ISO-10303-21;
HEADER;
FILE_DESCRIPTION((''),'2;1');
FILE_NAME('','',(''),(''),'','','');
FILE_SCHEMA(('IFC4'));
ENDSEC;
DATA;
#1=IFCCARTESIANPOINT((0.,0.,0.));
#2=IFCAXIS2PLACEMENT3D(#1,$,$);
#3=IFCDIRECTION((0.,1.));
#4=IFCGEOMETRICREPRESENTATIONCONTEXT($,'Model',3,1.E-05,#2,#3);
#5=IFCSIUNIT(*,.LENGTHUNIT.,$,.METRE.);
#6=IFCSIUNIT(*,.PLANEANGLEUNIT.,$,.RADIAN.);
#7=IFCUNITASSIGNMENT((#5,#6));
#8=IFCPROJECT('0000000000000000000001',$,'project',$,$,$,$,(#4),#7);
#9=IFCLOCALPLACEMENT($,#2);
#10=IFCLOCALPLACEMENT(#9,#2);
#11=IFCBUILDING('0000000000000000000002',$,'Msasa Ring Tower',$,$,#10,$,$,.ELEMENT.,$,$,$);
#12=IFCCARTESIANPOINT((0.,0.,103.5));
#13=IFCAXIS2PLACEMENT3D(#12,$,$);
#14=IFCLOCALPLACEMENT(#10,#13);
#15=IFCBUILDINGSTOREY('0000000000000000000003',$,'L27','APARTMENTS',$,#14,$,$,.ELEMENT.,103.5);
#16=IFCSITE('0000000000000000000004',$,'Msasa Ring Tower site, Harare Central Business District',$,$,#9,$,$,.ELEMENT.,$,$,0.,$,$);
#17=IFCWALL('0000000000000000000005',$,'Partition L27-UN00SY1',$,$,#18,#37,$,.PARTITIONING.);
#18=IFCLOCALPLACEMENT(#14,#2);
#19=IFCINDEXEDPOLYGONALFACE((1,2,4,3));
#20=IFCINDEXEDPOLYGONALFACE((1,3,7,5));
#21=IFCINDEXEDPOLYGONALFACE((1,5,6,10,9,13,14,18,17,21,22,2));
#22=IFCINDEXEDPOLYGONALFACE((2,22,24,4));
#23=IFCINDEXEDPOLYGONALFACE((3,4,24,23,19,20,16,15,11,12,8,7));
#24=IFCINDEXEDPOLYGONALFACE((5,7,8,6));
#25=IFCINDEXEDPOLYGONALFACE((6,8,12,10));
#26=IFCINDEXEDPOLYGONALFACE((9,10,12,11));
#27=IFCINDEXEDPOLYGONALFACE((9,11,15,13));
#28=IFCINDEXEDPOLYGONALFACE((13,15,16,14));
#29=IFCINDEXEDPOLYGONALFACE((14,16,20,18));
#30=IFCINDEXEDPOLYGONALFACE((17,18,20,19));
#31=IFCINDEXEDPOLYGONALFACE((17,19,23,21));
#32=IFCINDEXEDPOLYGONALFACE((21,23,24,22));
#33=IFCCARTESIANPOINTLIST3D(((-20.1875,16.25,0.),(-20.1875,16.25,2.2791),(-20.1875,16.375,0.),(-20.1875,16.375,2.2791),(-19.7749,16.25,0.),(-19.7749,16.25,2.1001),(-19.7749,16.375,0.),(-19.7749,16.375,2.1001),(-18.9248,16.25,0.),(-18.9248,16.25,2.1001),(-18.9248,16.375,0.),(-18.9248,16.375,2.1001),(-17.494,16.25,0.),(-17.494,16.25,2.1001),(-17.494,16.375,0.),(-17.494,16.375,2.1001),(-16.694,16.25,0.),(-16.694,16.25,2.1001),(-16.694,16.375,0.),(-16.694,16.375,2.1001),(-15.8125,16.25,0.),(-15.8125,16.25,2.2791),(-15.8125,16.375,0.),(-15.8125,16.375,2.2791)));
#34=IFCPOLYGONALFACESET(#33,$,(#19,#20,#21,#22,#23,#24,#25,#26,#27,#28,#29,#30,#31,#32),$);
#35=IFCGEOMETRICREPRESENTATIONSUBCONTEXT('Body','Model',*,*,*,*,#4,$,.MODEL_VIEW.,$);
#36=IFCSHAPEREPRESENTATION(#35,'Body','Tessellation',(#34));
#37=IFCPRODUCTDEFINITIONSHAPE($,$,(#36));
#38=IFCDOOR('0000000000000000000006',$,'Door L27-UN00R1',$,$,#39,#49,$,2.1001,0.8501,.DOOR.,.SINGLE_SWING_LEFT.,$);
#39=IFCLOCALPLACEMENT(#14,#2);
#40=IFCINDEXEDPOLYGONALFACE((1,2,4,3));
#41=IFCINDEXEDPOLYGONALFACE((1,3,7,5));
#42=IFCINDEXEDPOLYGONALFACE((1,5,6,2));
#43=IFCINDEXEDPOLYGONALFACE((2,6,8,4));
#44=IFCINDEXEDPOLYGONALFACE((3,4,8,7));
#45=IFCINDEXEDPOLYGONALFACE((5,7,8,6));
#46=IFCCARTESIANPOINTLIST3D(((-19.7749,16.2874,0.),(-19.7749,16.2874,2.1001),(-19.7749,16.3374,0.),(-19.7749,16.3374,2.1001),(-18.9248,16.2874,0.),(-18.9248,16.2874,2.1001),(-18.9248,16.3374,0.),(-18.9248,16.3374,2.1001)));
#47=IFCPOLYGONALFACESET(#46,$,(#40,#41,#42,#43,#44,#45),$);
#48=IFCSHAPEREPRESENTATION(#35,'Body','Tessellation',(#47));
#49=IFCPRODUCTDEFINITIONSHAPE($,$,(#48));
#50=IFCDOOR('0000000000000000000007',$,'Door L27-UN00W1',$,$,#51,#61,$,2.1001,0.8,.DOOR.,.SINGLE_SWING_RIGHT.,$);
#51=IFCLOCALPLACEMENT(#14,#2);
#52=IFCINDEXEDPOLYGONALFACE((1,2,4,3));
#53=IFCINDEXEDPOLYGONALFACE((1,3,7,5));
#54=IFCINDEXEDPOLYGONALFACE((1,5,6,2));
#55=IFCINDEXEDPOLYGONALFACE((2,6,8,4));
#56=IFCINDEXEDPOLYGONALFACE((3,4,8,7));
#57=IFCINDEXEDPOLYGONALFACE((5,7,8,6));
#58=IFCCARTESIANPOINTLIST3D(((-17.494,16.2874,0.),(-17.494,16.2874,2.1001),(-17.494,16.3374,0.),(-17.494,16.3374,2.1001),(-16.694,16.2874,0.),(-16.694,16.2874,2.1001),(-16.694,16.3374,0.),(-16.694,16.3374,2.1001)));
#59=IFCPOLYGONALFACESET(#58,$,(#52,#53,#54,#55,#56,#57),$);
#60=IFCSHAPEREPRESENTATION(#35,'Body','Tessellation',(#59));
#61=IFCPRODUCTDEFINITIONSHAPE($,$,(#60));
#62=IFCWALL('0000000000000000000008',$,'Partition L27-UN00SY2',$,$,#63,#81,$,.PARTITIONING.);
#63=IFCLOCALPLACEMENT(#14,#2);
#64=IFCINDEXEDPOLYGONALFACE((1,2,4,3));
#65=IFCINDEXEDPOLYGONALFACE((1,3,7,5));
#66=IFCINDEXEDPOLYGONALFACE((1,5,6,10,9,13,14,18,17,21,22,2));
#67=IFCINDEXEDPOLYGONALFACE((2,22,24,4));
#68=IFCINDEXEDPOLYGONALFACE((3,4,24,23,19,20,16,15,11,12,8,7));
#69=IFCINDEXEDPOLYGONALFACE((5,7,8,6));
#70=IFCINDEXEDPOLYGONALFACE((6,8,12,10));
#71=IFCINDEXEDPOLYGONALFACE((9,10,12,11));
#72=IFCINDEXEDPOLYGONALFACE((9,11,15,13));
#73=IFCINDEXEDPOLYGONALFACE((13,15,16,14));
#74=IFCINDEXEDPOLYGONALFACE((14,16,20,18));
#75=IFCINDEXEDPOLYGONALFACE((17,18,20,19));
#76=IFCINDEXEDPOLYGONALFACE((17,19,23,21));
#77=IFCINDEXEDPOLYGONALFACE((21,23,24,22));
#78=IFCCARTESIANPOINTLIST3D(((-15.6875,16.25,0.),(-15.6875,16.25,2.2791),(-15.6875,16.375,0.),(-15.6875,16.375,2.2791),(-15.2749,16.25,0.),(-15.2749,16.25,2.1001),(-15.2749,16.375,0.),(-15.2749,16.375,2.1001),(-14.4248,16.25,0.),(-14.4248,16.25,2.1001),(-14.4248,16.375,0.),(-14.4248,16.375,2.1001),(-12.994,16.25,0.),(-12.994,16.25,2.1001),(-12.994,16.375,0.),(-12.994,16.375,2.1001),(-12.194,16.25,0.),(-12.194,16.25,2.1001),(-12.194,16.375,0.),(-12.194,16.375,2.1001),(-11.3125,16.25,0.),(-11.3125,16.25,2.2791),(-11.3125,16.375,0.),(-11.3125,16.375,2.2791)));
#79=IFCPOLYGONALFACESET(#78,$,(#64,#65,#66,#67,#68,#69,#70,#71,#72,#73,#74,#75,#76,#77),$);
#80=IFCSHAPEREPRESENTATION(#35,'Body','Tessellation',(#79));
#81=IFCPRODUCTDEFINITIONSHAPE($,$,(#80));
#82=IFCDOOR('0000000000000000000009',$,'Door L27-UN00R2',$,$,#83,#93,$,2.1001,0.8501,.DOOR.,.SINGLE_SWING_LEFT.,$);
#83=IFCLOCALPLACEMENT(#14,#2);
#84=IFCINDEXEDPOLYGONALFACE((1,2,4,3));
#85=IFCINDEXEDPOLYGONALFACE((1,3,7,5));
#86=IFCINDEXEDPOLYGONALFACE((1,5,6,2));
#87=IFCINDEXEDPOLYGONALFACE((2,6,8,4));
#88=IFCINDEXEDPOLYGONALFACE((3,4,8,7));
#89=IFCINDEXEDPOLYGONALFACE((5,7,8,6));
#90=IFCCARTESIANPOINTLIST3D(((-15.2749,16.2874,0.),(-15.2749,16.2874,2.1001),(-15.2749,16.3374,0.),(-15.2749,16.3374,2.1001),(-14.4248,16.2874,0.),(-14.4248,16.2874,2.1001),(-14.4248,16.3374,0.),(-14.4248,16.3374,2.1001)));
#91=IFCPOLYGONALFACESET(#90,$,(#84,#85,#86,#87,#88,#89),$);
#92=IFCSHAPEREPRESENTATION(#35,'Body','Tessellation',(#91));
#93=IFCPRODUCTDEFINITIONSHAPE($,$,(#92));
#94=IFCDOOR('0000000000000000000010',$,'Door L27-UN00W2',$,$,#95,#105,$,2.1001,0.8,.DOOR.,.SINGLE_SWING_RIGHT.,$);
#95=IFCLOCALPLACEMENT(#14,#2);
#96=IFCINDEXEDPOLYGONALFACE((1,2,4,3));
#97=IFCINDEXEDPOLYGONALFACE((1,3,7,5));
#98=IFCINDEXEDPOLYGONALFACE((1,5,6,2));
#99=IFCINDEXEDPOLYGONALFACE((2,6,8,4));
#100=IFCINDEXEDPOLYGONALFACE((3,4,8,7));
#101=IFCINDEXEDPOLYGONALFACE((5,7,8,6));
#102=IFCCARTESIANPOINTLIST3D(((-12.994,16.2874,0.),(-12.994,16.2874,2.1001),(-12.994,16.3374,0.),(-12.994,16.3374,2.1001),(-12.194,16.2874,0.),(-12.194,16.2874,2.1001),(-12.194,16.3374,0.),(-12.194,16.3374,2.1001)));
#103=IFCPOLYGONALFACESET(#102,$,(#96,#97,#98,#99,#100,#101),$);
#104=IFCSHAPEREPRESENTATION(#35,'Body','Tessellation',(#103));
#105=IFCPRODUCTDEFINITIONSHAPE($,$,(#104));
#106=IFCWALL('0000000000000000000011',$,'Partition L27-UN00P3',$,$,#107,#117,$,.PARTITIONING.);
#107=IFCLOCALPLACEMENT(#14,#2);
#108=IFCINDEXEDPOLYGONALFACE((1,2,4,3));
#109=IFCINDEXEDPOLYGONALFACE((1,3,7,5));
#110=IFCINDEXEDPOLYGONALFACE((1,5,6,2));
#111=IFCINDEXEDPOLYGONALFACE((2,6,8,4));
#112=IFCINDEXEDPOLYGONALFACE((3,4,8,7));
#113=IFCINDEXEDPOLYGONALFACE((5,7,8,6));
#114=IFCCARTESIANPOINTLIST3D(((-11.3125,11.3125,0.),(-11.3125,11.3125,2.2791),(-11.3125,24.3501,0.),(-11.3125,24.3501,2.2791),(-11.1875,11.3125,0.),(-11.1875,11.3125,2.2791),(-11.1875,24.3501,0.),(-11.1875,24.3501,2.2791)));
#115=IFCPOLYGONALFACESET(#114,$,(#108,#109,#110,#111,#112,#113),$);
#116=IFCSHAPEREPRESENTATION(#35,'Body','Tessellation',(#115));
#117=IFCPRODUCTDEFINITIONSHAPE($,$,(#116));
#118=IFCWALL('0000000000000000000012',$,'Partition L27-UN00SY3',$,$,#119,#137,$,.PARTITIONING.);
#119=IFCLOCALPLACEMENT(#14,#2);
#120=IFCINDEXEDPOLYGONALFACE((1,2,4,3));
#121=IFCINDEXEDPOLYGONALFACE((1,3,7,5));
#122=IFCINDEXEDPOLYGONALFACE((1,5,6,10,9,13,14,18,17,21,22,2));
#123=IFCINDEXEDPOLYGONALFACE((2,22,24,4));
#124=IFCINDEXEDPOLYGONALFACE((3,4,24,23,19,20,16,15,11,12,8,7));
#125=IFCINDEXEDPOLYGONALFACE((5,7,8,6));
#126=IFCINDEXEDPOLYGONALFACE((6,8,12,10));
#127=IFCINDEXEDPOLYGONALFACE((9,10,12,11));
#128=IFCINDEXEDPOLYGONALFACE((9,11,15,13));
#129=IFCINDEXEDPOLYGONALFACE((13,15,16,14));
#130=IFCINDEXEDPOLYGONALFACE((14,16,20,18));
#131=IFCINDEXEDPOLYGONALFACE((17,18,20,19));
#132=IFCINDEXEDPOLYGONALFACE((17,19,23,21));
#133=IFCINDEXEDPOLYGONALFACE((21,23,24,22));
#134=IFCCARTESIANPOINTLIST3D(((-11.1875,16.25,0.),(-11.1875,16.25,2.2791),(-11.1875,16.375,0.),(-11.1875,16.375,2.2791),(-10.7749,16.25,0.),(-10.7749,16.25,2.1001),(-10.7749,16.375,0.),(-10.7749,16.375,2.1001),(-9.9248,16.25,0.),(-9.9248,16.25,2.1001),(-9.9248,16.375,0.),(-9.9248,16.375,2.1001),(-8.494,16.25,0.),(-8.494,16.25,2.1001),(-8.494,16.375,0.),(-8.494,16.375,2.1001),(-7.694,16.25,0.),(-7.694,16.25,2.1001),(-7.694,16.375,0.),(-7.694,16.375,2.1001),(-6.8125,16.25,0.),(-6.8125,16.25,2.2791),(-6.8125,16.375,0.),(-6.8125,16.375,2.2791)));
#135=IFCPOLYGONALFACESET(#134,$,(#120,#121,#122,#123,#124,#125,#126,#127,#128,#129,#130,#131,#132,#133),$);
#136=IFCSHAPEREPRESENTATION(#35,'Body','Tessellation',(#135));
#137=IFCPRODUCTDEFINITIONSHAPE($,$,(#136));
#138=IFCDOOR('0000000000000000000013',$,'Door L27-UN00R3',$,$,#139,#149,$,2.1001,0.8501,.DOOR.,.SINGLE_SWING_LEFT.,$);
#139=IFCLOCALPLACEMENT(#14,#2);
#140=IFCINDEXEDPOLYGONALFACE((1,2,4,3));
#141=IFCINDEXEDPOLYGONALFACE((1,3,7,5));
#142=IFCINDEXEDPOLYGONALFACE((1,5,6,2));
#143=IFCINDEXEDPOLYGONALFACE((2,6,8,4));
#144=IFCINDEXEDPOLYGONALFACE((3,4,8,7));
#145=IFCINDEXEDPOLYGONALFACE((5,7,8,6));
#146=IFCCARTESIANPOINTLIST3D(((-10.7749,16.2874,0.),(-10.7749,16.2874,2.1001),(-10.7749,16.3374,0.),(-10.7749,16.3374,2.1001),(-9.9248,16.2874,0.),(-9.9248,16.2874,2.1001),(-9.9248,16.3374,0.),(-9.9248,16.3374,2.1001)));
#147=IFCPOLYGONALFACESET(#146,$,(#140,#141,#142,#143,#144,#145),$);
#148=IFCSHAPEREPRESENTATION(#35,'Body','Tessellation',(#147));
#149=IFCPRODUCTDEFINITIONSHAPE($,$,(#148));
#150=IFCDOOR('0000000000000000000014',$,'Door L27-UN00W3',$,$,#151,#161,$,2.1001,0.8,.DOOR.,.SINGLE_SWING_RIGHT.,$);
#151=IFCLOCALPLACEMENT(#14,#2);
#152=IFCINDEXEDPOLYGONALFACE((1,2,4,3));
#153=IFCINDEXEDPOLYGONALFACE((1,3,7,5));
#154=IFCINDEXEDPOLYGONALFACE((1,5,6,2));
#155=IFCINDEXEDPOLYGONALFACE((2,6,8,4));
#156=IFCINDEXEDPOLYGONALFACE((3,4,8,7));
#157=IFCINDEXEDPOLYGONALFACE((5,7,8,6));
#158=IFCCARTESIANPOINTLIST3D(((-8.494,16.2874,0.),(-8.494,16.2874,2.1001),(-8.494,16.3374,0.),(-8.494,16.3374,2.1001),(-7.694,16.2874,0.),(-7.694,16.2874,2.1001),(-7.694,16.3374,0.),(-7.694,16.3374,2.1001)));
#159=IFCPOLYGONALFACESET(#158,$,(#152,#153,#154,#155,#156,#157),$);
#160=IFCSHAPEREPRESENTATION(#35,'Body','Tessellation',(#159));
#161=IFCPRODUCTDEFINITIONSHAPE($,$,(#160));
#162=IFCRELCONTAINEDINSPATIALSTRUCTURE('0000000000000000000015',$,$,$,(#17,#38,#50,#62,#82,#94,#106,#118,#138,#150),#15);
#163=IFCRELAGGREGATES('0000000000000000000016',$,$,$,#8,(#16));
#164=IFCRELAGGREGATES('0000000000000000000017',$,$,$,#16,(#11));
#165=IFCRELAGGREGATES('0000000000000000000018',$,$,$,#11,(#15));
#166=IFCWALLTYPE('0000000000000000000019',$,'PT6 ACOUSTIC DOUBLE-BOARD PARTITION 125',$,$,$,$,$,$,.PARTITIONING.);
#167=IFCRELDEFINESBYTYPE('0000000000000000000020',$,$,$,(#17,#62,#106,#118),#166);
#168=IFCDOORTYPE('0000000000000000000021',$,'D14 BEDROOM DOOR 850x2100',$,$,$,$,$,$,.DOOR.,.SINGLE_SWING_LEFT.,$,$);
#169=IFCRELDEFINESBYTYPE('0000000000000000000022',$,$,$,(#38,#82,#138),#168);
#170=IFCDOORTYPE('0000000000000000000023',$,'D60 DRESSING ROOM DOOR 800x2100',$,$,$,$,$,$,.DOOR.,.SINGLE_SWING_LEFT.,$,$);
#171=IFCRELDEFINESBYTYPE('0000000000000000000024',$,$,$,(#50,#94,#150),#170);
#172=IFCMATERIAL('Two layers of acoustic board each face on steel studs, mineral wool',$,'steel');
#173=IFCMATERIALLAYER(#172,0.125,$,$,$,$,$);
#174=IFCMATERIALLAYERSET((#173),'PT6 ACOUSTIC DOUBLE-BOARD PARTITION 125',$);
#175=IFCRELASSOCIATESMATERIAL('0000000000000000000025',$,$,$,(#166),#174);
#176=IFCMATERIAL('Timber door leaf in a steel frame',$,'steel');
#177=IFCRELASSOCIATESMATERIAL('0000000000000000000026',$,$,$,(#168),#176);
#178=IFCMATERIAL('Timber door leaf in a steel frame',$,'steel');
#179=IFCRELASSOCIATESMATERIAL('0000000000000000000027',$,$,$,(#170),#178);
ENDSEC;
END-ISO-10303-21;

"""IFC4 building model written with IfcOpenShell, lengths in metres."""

from ifc_helpers import new_model, si_unit, direction, frame, frame_2d, origin, place, context, subcontext, project, spatial, rectangle, extrude, material, layer, layer_set, type_object, element, fill, save


model = new_model("IFC4")

# Units and contexts
model_context = context("Model", 3, precision=1e-05, world=origin(), true_north=direction((0.0, 1.0)))
body_context = subcontext(model_context, "Body", "Model", "MODEL_VIEW")
ifc_project = project(units=[si_unit("LENGTHUNIT", "METRE"), si_unit("PLANEANGLEUNIT", "RADIAN")], contexts=[model_context])

# Site, building, storey
site_placement = place(None, origin())
site = spatial("IfcSite", under=ifc_project, at=site_placement, Name="Msasa Ring Tower site, Harare Central Business District", CompositionType="ELEMENT", RefElevation=0.0)
building_placement = place(site_placement, origin())
building = spatial("IfcBuilding", under=site, at=building_placement, Name="Msasa Ring Tower", CompositionType="ELEMENT")
storey_placement = place(building_placement, frame((0.0, 0.0, 103.5)))
storey = spatial("IfcBuildingStorey", under=building, at=storey_placement, Name="L27", Description="APARTMENTS", CompositionType="ELEMENT", Elevation=103.5)

# Walls, openings, doors
ifc_material_1 = material(Name="Two layers of acoustic board each face on steel studs, mineral wool", Category="steel")
ifc_layer_1 = layer(ifc_material_1, 0.125)
ifc_layer_set_1 = layer_set([ifc_layer_1], Name="PT6 ACOUSTIC DOUBLE-BOARD PARTITION 125")
wall_type_1 = type_object("IfcWallType", Name="PT6 ACOUSTIC DOUBLE-BOARD PARTITION 125", PredefinedType="PARTITIONING", material=ifc_layer_set_1)
wall_1_placement = place(storey_placement, frame((-20.1875, 16.3125, 0.0), z_axis=(0.0, 0.0, 1.0), x_axis=(1.0, 0.0, 0.0)))
wall_1 = element("IfcWall", 1, at=wall_1_placement, inside=storey, type_object=wall_type_1, Name="Partition L27-UN00SY1", PredefinedType="PARTITIONING", context=body_context, shape_type="SweptSolid", body=[
    extrude(rectangle(XDim=4.375, YDim=0.125, at=frame_2d((2.1875, 0.0))), origin(), (0.0, 0.0, 1.0), 2.2791),
])
opening_1_placement = place(wall_1_placement, frame((0.4126, 0.0, 0.0)))
opening_1 = element("IfcOpeningElement", 2, at=opening_1_placement, cuts=wall_1, PredefinedType="OPENING", context=body_context, shape_type="SweptSolid", body=[
    extrude(rectangle(XDim=0.8501, YDim=2.1001, at=frame_2d((0.425, 1.05))), frame((0.0, 0.0725, 0.0), z_axis=(0.0, -1.0, 0.0), x_axis=(1.0, 0.0, 0.0)), (0.0, 0.0, 1.0), 0.145),
])
opening_2_placement = place(wall_1_placement, frame((2.6936, 0.0, 0.0)))
opening_2 = element("IfcOpeningElement", 3, at=opening_2_placement, cuts=wall_1, PredefinedType="OPENING", context=body_context, shape_type="SweptSolid", body=[
    extrude(rectangle(XDim=0.8, YDim=2.1001, at=frame_2d((0.3999, 1.05))), frame((0.0, 0.0725, 0.0), z_axis=(0.0, -1.0, 0.0), x_axis=(1.0, 0.0, 0.0)), (0.0, 0.0, 1.0), 0.145),
])
ifc_material_2 = material(Name="Timber door leaf in a steel frame", Category="steel")
door_type_1 = type_object("IfcDoorType", Name="D14 BEDROOM DOOR 850x2100", OperationType="SINGLE_SWING_LEFT", PredefinedType="DOOR", material=ifc_material_2)
door_1_placement = place(opening_1_placement, origin())
door_1 = element("IfcDoor", 4, at=door_1_placement, inside=storey, type_object=door_type_1, Name="Door L27-UN00R1", OperationType="SINGLE_SWING_LEFT", OverallHeight=2.1001, OverallWidth=0.8501, PredefinedType="DOOR", context=body_context, shape_type="SweptSolid", body=[
    extrude(rectangle(XDim=0.8501, YDim=2.1001, at=frame_2d((0.425, 1.05))), frame((0.0, 0.0249, 0.0), z_axis=(0.0, -1.0, 0.0), x_axis=(1.0, 0.0, 0.0)), (0.0, 0.0, 1.0), 0.05),
])
fill(opening_1, door_1)
ifc_material_3 = material(Name="Timber door leaf in a steel frame", Category="steel")
door_type_2 = type_object("IfcDoorType", Name="D60 DRESSING ROOM DOOR 800x2100", OperationType="SINGLE_SWING_LEFT", PredefinedType="DOOR", material=ifc_material_3)
door_2_placement = place(opening_2_placement, origin())
door_2 = element("IfcDoor", 5, at=door_2_placement, inside=storey, type_object=door_type_2, Name="Door L27-UN00W1", OperationType="SINGLE_SWING_RIGHT", OverallHeight=2.1001, OverallWidth=0.8, PredefinedType="DOOR", context=body_context, shape_type="SweptSolid", body=[
    extrude(rectangle(XDim=0.8, YDim=2.1001, at=frame_2d((0.3999, 1.05))), frame((0.0, 0.0249, 0.0), z_axis=(0.0, -1.0, 0.0), x_axis=(1.0, 0.0, 0.0)), (0.0, 0.0, 1.0), 0.05),
])
fill(opening_2, door_2)
wall_2_placement = place(storey_placement, frame((-15.6875, 16.3125, 0.0), z_axis=(0.0, 0.0, 1.0), x_axis=(1.0, 0.0, 0.0)))
wall_2 = element("IfcWall", 6, at=wall_2_placement, inside=storey, type_object=wall_type_1, Name="Partition L27-UN00SY2", PredefinedType="PARTITIONING", context=body_context, shape_type="SweptSolid", body=[
    extrude(rectangle(XDim=4.375, YDim=0.125, at=frame_2d((2.1875, 0.0))), origin(), (0.0, 0.0, 1.0), 2.2791),
])
opening_3_placement = place(wall_2_placement, frame((0.4126, 0.0, 0.0)))
opening_3 = element("IfcOpeningElement", 7, at=opening_3_placement, cuts=wall_2, PredefinedType="OPENING", context=body_context, shape_type="SweptSolid", body=[
    extrude(rectangle(XDim=0.8501, YDim=2.1001, at=frame_2d((0.425, 1.05))), frame((0.0, 0.0725, 0.0), z_axis=(0.0, -1.0, 0.0), x_axis=(1.0, 0.0, 0.0)), (0.0, 0.0, 1.0), 0.145),
])
opening_4_placement = place(wall_2_placement, frame((2.6936, 0.0, 0.0)))
opening_4 = element("IfcOpeningElement", 8, at=opening_4_placement, cuts=wall_2, PredefinedType="OPENING", context=body_context, shape_type="SweptSolid", body=[
    extrude(rectangle(XDim=0.8, YDim=2.1001, at=frame_2d((0.3999, 1.05))), frame((0.0, 0.0725, 0.0), z_axis=(0.0, -1.0, 0.0), x_axis=(1.0, 0.0, 0.0)), (0.0, 0.0, 1.0), 0.145),
])
door_3_placement = place(opening_3_placement, origin())
door_3 = element("IfcDoor", 9, at=door_3_placement, inside=storey, type_object=door_type_1, Name="Door L27-UN00R2", OperationType="SINGLE_SWING_LEFT", OverallHeight=2.1001, OverallWidth=0.8501, PredefinedType="DOOR", context=body_context, shape_type="SweptSolid", body=[
    extrude(rectangle(XDim=0.8501, YDim=2.1001, at=frame_2d((0.425, 1.05))), frame((0.0, 0.0249, 0.0), z_axis=(0.0, -1.0, 0.0), x_axis=(1.0, 0.0, 0.0)), (0.0, 0.0, 1.0), 0.05),
])
fill(opening_3, door_3)
door_4_placement = place(opening_4_placement, origin())
door_4 = element("IfcDoor", 10, at=door_4_placement, inside=storey, type_object=door_type_2, Name="Door L27-UN00W2", OperationType="SINGLE_SWING_RIGHT", OverallHeight=2.1001, OverallWidth=0.8, PredefinedType="DOOR", context=body_context, shape_type="SweptSolid", body=[
    extrude(rectangle(XDim=0.8, YDim=2.1001, at=frame_2d((0.3999, 1.05))), frame((0.0, 0.0249, 0.0), z_axis=(0.0, -1.0, 0.0), x_axis=(1.0, 0.0, 0.0)), (0.0, 0.0, 1.0), 0.05),
])
fill(opening_4, door_4)

# Wall
wall_3_placement = place(storey_placement, frame((-11.25, 11.3125, 0.0), z_axis=(0.0, 0.0, 1.0), x_axis=(0.0, 1.0, 0.0)))
element("IfcWall", 11, at=wall_3_placement, inside=storey, type_object=wall_type_1, Name="Partition L27-UN00P3", PredefinedType="PARTITIONING", context=body_context, shape_type="SweptSolid", body=[
    extrude(rectangle(XDim=13.0376, YDim=0.125, at=frame_2d((6.5188, 0.0))), origin(), (0.0, 0.0, 1.0), 2.2791),
])

# Wall, openings, doors
wall_4_placement = place(storey_placement, frame((-11.1875, 16.3125, 0.0), z_axis=(0.0, 0.0, 1.0), x_axis=(1.0, 0.0, 0.0)))
wall_4 = element("IfcWall", 12, at=wall_4_placement, inside=storey, type_object=wall_type_1, Name="Partition L27-UN00SY3", PredefinedType="PARTITIONING", context=body_context, shape_type="SweptSolid", body=[
    extrude(rectangle(XDim=4.375, YDim=0.125, at=frame_2d((2.1875, 0.0))), origin(), (0.0, 0.0, 1.0), 2.2791),
])
opening_5_placement = place(wall_4_placement, frame((0.4126, 0.0, 0.0)))
opening_5 = element("IfcOpeningElement", 13, at=opening_5_placement, cuts=wall_4, PredefinedType="OPENING", context=body_context, shape_type="SweptSolid", body=[
    extrude(rectangle(XDim=0.8501, YDim=2.1001, at=frame_2d((0.425, 1.05))), frame((0.0, 0.0725, 0.0), z_axis=(0.0, -1.0, 0.0), x_axis=(1.0, 0.0, 0.0)), (0.0, 0.0, 1.0), 0.145),
])
opening_6_placement = place(wall_4_placement, frame((2.6936, 0.0, 0.0)))
opening_6 = element("IfcOpeningElement", 14, at=opening_6_placement, cuts=wall_4, PredefinedType="OPENING", context=body_context, shape_type="SweptSolid", body=[
    extrude(rectangle(XDim=0.8, YDim=2.1001, at=frame_2d((0.3999, 1.05))), frame((0.0, 0.0725, 0.0), z_axis=(0.0, -1.0, 0.0), x_axis=(1.0, 0.0, 0.0)), (0.0, 0.0, 1.0), 0.145),
])
door_5_placement = place(opening_5_placement, origin())
door_5 = element("IfcDoor", 15, at=door_5_placement, inside=storey, type_object=door_type_1, Name="Door L27-UN00R3", OperationType="SINGLE_SWING_LEFT", OverallHeight=2.1001, OverallWidth=0.8501, PredefinedType="DOOR", context=body_context, shape_type="SweptSolid", body=[
    extrude(rectangle(XDim=0.8501, YDim=2.1001, at=frame_2d((0.425, 1.05))), frame((0.0, 0.0249, 0.0), z_axis=(0.0, -1.0, 0.0), x_axis=(1.0, 0.0, 0.0)), (0.0, 0.0, 1.0), 0.05),
])
fill(opening_5, door_5)
door_6_placement = place(opening_6_placement, origin())
door_6 = element("IfcDoor", 16, at=door_6_placement, inside=storey, type_object=door_type_2, Name="Door L27-UN00W3", OperationType="SINGLE_SWING_RIGHT", OverallHeight=2.1001, OverallWidth=0.8, PredefinedType="DOOR", context=body_context, shape_type="SweptSolid", body=[
    extrude(rectangle(XDim=0.8, YDim=2.1001, at=frame_2d((0.3999, 1.05))), frame((0.0, 0.0249, 0.0), z_axis=(0.0, -1.0, 0.0), x_axis=(1.0, 0.0, 0.0)), (0.0, 0.0, 1.0), 0.05),
])
fill(opening_6, door_6)

save(model, "model.ifc")
